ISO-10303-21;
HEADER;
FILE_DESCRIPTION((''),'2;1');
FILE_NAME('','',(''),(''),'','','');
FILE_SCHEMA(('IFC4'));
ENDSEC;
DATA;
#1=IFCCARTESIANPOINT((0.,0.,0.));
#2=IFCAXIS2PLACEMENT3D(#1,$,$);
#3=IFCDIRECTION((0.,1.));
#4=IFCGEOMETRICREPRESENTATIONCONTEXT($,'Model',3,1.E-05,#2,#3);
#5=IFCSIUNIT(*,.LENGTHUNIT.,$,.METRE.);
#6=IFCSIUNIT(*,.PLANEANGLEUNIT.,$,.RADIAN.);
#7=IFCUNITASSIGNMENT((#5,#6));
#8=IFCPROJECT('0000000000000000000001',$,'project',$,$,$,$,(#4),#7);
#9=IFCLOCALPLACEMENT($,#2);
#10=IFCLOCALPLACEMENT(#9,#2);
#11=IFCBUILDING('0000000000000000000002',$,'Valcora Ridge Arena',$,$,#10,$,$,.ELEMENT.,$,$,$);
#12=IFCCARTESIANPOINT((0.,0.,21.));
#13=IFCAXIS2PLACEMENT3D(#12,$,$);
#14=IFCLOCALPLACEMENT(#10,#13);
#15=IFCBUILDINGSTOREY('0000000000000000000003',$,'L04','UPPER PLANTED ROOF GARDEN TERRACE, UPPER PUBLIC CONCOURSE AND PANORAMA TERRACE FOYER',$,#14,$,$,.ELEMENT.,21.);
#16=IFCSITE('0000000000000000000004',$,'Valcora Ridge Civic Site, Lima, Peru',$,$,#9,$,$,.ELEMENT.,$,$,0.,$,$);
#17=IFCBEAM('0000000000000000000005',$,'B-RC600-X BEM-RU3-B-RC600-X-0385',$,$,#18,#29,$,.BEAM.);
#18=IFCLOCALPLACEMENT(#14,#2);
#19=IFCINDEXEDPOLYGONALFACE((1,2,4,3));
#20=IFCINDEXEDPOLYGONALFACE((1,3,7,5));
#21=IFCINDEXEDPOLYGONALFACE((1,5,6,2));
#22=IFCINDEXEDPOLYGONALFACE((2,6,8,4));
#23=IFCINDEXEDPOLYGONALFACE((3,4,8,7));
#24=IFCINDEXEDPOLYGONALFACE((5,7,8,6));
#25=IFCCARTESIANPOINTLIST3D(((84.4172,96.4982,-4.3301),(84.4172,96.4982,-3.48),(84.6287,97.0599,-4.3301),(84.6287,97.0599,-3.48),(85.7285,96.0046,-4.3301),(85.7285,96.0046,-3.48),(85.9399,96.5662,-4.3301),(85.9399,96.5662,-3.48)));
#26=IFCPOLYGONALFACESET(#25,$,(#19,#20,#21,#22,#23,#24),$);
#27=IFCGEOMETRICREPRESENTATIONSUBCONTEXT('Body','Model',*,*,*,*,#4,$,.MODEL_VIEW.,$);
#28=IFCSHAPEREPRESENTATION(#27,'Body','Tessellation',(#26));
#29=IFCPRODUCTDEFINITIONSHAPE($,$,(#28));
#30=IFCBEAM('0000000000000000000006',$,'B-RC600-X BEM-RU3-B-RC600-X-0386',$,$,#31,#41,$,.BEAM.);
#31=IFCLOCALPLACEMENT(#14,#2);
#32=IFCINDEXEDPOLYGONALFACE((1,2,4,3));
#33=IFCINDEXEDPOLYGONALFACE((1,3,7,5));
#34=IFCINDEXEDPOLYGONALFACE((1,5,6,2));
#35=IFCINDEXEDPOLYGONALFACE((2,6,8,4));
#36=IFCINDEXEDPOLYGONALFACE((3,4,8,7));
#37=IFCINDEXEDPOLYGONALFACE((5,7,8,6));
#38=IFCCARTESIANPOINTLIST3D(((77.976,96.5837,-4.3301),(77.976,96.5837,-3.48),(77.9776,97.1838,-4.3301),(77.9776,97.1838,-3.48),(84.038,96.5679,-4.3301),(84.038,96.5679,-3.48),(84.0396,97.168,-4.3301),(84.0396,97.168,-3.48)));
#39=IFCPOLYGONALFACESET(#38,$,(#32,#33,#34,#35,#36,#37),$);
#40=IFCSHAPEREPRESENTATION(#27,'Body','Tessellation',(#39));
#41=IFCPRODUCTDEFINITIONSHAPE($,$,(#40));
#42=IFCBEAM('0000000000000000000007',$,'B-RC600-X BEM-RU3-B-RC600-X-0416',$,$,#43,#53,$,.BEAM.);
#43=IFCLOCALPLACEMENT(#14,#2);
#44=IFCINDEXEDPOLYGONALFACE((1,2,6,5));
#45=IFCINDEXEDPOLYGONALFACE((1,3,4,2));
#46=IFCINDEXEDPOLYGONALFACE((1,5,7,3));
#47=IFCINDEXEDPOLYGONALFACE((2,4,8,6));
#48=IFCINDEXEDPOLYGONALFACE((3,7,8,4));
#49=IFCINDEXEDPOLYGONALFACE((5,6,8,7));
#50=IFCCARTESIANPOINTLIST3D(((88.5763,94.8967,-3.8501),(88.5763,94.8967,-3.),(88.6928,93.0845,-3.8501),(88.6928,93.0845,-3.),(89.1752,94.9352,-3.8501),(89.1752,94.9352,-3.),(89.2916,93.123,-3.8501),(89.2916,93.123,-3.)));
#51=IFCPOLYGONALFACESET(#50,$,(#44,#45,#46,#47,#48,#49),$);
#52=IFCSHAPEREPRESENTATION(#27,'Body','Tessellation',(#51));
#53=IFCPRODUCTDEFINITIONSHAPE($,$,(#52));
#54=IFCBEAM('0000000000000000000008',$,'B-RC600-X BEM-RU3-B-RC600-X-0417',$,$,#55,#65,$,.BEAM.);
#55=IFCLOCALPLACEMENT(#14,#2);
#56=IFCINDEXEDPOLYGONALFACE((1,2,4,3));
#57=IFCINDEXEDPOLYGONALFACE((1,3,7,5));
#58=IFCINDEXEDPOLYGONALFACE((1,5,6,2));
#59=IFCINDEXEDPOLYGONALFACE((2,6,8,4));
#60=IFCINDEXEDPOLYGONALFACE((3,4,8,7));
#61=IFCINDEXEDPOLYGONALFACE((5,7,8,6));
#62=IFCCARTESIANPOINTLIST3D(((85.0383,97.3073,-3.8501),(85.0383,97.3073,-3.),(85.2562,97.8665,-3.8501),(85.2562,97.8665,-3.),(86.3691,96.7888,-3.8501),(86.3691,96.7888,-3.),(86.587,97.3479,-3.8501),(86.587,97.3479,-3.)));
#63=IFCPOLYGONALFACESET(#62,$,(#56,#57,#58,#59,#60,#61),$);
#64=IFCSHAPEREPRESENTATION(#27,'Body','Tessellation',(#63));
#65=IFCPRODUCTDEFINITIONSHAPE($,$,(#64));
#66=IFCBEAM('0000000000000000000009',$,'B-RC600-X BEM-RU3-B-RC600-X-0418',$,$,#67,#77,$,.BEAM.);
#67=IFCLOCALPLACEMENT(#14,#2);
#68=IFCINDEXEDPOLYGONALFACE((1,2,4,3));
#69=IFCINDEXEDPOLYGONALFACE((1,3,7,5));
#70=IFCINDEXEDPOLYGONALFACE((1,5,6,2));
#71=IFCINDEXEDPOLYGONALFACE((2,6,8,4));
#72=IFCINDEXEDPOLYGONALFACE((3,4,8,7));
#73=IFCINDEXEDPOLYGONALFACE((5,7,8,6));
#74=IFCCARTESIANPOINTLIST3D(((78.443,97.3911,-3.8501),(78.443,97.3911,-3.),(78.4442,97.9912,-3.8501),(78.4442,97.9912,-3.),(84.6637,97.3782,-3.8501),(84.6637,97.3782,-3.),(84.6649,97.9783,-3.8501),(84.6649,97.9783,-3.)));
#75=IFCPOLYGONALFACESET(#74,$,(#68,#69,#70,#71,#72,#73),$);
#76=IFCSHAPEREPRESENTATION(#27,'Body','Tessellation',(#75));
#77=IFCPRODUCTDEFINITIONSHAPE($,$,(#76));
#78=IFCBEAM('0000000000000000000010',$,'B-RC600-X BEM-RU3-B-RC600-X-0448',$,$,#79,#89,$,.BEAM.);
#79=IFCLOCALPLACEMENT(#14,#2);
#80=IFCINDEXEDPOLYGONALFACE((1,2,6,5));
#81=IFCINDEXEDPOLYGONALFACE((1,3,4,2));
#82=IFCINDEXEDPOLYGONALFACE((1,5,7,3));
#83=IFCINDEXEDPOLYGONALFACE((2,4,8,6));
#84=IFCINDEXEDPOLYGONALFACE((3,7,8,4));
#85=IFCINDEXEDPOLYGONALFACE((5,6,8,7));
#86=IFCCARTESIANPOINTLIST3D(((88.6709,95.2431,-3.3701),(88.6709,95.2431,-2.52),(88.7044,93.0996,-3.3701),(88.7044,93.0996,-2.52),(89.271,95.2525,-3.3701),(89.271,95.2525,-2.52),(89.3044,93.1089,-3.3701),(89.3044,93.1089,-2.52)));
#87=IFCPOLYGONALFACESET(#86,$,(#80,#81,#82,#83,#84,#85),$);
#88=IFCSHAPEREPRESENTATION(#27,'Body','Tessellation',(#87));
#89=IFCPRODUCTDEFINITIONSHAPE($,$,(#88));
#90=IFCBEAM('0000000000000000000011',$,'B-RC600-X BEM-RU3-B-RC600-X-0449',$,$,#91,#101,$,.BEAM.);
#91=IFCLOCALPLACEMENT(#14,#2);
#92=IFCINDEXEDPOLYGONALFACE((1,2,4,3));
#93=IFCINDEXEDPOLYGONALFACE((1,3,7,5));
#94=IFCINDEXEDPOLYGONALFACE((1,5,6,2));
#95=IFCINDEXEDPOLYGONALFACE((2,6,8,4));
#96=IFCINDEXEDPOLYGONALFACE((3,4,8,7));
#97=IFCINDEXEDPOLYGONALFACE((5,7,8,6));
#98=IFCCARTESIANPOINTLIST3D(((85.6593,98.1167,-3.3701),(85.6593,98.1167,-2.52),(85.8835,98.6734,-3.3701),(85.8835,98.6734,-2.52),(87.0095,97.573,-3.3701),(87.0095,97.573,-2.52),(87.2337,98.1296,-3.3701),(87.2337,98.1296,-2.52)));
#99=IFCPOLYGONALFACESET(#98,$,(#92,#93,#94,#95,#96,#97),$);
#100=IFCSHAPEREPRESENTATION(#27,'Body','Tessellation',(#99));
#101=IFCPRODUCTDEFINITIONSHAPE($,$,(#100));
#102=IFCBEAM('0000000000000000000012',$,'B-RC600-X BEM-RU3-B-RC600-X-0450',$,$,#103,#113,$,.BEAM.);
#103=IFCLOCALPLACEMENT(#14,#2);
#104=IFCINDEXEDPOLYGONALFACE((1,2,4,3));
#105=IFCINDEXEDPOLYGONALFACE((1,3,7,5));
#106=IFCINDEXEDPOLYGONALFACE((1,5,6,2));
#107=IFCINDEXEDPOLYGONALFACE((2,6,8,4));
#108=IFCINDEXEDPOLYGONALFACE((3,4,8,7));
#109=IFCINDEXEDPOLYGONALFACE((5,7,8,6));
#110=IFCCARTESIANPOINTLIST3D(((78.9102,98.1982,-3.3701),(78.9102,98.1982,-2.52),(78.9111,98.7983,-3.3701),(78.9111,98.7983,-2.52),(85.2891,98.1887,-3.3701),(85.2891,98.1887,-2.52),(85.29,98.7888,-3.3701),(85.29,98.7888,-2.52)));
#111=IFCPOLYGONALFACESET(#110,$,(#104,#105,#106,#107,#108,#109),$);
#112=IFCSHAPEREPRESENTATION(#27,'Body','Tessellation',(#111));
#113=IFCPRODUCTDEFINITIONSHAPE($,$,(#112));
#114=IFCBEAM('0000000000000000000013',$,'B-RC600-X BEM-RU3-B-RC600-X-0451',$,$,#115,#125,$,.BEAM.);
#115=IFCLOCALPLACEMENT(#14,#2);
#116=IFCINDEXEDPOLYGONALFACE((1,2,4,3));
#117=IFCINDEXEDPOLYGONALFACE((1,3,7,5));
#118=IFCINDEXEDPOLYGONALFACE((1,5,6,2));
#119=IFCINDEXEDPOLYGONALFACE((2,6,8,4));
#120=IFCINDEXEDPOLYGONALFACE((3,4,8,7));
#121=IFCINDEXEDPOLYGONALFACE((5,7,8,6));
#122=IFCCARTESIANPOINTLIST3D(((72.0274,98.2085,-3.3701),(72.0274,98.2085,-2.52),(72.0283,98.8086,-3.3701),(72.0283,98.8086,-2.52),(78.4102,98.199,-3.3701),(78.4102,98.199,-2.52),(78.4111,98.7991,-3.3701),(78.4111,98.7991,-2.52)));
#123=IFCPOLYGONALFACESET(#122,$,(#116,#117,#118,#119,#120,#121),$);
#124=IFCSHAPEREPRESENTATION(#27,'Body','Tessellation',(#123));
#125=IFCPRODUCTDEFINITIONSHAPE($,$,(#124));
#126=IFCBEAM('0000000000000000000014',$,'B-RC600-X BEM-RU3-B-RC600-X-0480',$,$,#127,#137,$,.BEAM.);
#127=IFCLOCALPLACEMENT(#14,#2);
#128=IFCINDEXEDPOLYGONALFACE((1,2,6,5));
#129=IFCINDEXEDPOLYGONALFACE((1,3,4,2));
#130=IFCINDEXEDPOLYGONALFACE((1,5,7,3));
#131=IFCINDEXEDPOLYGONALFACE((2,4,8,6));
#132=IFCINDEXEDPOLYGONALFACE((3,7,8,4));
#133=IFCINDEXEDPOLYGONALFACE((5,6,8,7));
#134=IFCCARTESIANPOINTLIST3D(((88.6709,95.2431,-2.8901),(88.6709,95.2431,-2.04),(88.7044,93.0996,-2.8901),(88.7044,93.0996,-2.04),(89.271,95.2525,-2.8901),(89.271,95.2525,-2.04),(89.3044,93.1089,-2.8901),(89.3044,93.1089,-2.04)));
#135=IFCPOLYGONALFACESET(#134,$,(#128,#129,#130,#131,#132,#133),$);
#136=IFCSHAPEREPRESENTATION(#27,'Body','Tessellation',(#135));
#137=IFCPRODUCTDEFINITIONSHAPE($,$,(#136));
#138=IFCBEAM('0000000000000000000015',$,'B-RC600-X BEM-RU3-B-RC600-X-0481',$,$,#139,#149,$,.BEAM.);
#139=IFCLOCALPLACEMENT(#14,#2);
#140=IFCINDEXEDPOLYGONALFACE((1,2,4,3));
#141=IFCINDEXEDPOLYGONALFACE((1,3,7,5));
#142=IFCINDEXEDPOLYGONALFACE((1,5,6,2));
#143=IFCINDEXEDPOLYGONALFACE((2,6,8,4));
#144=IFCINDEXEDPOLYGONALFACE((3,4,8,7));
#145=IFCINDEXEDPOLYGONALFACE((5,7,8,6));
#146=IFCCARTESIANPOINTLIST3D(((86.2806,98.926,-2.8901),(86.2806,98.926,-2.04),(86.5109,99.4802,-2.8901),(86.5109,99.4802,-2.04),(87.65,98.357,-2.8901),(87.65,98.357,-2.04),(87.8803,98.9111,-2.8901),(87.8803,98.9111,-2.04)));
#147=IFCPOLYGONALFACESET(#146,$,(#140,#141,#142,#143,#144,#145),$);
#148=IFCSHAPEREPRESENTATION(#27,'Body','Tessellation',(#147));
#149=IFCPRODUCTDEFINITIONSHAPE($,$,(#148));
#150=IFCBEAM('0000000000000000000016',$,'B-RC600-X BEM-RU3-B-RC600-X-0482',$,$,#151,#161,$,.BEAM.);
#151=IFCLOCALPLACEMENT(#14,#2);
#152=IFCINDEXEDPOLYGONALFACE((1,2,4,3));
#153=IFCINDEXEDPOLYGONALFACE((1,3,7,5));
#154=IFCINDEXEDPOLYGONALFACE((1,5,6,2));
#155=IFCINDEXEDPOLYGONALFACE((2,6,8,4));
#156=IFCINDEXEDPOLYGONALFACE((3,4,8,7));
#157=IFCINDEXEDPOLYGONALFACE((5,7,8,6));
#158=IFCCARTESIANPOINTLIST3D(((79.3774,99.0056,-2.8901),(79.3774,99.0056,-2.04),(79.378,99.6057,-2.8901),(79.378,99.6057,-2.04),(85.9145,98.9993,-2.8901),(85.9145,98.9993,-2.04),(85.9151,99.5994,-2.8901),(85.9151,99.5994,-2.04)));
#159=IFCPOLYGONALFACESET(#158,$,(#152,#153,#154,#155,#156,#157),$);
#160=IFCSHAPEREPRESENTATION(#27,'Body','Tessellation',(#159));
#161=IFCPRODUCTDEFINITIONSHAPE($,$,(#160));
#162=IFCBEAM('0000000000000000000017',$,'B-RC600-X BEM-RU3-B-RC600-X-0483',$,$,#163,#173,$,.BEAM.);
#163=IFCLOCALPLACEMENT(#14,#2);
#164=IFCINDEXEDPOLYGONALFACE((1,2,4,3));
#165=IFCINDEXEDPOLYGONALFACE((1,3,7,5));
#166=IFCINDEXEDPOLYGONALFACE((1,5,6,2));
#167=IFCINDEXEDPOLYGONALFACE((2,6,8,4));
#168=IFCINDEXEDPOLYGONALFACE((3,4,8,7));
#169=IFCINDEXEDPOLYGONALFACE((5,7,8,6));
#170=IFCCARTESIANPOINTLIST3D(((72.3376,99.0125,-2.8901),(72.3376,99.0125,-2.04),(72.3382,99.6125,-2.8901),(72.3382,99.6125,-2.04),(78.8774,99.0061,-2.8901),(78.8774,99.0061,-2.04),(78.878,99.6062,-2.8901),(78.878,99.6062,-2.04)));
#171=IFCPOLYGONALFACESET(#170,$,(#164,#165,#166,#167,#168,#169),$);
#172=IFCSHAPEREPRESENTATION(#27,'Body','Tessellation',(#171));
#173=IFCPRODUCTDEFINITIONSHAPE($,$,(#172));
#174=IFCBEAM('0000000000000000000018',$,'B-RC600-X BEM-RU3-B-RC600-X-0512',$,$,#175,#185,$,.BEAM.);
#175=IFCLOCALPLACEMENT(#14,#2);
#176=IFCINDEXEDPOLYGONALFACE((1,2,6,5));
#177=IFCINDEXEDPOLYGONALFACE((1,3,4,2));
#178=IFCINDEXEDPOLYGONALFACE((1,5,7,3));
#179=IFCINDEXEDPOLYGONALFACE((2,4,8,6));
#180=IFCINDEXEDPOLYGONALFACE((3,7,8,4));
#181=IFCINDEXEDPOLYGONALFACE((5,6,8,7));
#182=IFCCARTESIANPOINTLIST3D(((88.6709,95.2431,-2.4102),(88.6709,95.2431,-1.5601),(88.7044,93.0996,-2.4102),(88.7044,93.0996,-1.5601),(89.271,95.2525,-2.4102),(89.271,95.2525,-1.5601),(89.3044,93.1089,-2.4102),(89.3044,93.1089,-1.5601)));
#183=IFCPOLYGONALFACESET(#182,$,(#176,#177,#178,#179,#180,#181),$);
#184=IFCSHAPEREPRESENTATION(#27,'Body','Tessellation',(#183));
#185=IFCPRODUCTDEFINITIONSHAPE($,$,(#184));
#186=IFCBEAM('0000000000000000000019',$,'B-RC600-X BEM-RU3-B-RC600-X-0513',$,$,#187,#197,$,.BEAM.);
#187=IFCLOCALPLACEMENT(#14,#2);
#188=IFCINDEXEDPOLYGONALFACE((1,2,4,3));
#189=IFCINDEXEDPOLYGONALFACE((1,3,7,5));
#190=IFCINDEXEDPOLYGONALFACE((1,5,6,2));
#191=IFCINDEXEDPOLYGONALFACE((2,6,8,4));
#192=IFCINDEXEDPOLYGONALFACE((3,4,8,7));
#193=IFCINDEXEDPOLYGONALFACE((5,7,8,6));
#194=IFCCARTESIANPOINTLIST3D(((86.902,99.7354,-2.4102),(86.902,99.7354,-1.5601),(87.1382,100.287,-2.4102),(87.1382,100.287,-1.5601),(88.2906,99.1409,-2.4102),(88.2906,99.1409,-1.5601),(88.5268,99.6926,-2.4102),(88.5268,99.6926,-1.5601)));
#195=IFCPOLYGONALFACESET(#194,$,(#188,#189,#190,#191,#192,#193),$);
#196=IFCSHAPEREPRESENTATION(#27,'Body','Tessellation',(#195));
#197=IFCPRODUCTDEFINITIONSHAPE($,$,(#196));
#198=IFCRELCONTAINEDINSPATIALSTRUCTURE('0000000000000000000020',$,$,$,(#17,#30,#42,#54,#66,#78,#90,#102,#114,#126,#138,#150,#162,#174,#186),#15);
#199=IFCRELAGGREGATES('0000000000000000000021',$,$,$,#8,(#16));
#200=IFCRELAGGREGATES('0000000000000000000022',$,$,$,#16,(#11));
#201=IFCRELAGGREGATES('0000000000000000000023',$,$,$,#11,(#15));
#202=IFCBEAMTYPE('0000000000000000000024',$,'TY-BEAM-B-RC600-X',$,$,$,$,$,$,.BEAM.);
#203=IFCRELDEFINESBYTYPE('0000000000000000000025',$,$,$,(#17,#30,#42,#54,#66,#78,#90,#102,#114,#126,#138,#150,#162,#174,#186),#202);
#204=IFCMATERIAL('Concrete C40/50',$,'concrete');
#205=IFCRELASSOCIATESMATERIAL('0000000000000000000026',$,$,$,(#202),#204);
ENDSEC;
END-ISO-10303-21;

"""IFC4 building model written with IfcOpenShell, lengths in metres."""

from ifc_helpers import new_model, si_unit, direction, frame, origin, origin_2d, place, context, subcontext, project, spatial, rectangle, extrude, material, material_profile, profile_set, type_object, element, save


model = new_model("IFC4")

# Units and contexts
model_context = context("Model", 3, precision=1e-05, world=origin(), true_north=direction((0.0, 1.0)))
body_context = subcontext(model_context, "Body", "Model", "MODEL_VIEW")
ifc_project = project(units=[si_unit("LENGTHUNIT", "METRE"), si_unit("PLANEANGLEUNIT", "RADIAN")], contexts=[model_context])

# Site, building, storey
site_placement = place(None, origin())
site = spatial("IfcSite", under=ifc_project, at=site_placement, Name="Valcora Ridge Civic Site, Lima, Peru", CompositionType="ELEMENT", RefElevation=0.0)
building_placement = place(site_placement, origin())
building = spatial("IfcBuilding", under=site, at=building_placement, Name="Valcora Ridge Arena", CompositionType="ELEMENT")
storey_placement = place(building_placement, frame((0.0, 0.0, 21.0)))
storey = spatial("IfcBuildingStorey", under=building, at=storey_placement, Name="L04", Description="UPPER PLANTED ROOF GARDEN TERRACE, UPPER PUBLIC CONCOURSE AND PANORAMA TERRACE FOYER", CompositionType="ELEMENT", Elevation=21.0)

# Beams
ifc_material = material(Name="Concrete C40/50", Category="concrete")
ifc_material_profile = material_profile(ifc_material, rectangle(XDim=0.6001, YDim=0.8501, at=origin_2d()), Name="RC 600x850")
ifc_profile_set = profile_set([ifc_material_profile], Name="Concrete C40/50")
beam_type = type_object("IfcBeamType", Name="TY-BEAM-B-RC600-X", PredefinedType="BEAM", material=ifc_profile_set)
beam_1_placement = place(storey_placement, frame((85.8342, 96.2854, -3.905), z_axis=(-0.935877, 0.352326, 0.0), x_axis=(-0.352326, -0.935877, 0.0)))
element("IfcBeam", 1, at=beam_1_placement, inside=storey, type_object=beam_type, Name="B-RC600-X BEM-RU3-B-RC600-X-0385", PredefinedType="BEAM", context=body_context, shape_type="SweptSolid", body=[
    extrude(rectangle(XDim=0.6001, YDim=0.8501, at=origin_2d()), origin(), (0.0, 0.0, 1.0), 1.4011),
])
beam_2_placement = place(storey_placement, frame((84.0388, 96.8679, -3.905), z_axis=(-0.999997, 0.002618, 0.0), x_axis=(-0.002618, -0.999997, 0.0)))
element("IfcBeam", 2, at=beam_2_placement, inside=storey, type_object=beam_type, Name="B-RC600-X BEM-RU3-B-RC600-X-0386", PredefinedType="BEAM", context=body_context, shape_type="SweptSolid", body=[
    extrude(rectangle(XDim=0.6001, YDim=0.8501, at=origin_2d()), origin(), (0.0, 0.0, 1.0), 6.062),
])
beam_3_placement = place(storey_placement, frame((88.9922, 93.1038, -3.425), z_axis=(-0.064127, 0.997942, 0.0), x_axis=(-0.997942, -0.064127, 0.0)))
element("IfcBeam", 3, at=beam_3_placement, inside=storey, type_object=beam_type, Name="B-RC600-X BEM-RU3-B-RC600-X-0416", PredefinedType="BEAM", context=body_context, shape_type="SweptSolid", body=[
    extrude(rectangle(XDim=0.6001, YDim=0.8501, at=origin_2d()), origin(), (0.0, 0.0, 1.0), 1.8159),
])
beam_4_placement = place(storey_placement, frame((86.478, 97.0684, -3.425), z_axis=(-0.931764, 0.363065, 0.0), x_axis=(-0.363065, -0.931764, 0.0)))
element("IfcBeam", 4, at=beam_4_placement, inside=storey, type_object=beam_type, Name="B-RC600-X BEM-RU3-B-RC600-X-0417", PredefinedType="BEAM", context=body_context, shape_type="SweptSolid", body=[
    extrude(rectangle(XDim=0.6001, YDim=0.8501, at=origin_2d()), origin(), (0.0, 0.0, 1.0), 1.4282),
])
beam_5_placement = place(storey_placement, frame((84.6643, 97.6782, -3.425), z_axis=(-0.999998, 0.00208, 0.0), x_axis=(-0.00208, -0.999998, 0.0)))
element("IfcBeam", 5, at=beam_5_placement, inside=storey, type_object=beam_type, Name="B-RC600-X BEM-RU3-B-RC600-X-0418", PredefinedType="BEAM", context=body_context, shape_type="SweptSolid", body=[
    extrude(rectangle(XDim=0.6001, YDim=0.8501, at=origin_2d()), origin(), (0.0, 0.0, 1.0), 6.2207),
])
beam_6_placement = place(storey_placement, frame((89.0044, 93.1042, -2.9451), z_axis=(-0.015602, 0.999878, 0.0), x_axis=(-0.999878, -0.015602, 0.0)))
element("IfcBeam", 6, at=beam_6_placement, inside=storey, type_object=beam_type, Name="B-RC600-X BEM-RU3-B-RC600-X-0448", PredefinedType="BEAM", context=body_context, shape_type="SweptSolid", body=[
    extrude(rectangle(XDim=0.6001, YDim=0.8501, at=origin_2d()), origin(), (0.0, 0.0, 1.0), 2.1438),
])
beam_7_placement = place(storey_placement, frame((87.1216, 97.8513, -2.9451), z_axis=(-0.927607, 0.373559, 0.0), x_axis=(-0.373559, -0.927607, 0.0)))
element("IfcBeam", 7, at=beam_7_placement, inside=storey, type_object=beam_type, Name="B-RC600-X BEM-RU3-B-RC600-X-0449", PredefinedType="BEAM", context=body_context, shape_type="SweptSolid", body=[
    extrude(rectangle(XDim=0.6001, YDim=0.8501, at=origin_2d()), origin(), (0.0, 0.0, 1.0), 1.4556),
])
beam_8_placement = place(storey_placement, frame((85.2896, 98.4888, -2.9451), z_axis=(-0.999999, 0.001493, 0.0), x_axis=(-0.001493, -0.999999, 0.0)))
element("IfcBeam", 8, at=beam_8_placement, inside=storey, type_object=beam_type, Name="B-RC600-X BEM-RU3-B-RC600-X-0450", PredefinedType="BEAM", context=body_context, shape_type="SweptSolid", body=[
    extrude(rectangle(XDim=0.6001, YDim=0.8501, at=origin_2d()), origin(), (0.0, 0.0, 1.0), 6.3789),
])
beam_9_placement = place(storey_placement, frame((78.4106, 98.499, -2.9451), z_axis=(-0.999999, 0.001492, 0.0), x_axis=(-0.001492, -0.999999, 0.0)))
element("IfcBeam", 9, at=beam_9_placement, inside=storey, type_object=beam_type, Name="B-RC600-X BEM-RU3-B-RC600-X-0451", PredefinedType="BEAM", context=body_context, shape_type="SweptSolid", body=[
    extrude(rectangle(XDim=0.6001, YDim=0.8501, at=origin_2d()), origin(), (0.0, 0.0, 1.0), 6.3828),
])
beam_10_placement = place(storey_placement, frame((89.0044, 93.1042, -2.4651), z_axis=(-0.015602, 0.999878, 0.0), x_axis=(-0.999878, -0.015602, 0.0)))
element("IfcBeam", 10, at=beam_10_placement, inside=storey, type_object=beam_type, Name="B-RC600-X BEM-RU3-B-RC600-X-0480", PredefinedType="BEAM", context=body_context, shape_type="SweptSolid", body=[
    extrude(rectangle(XDim=0.6001, YDim=0.8501, at=origin_2d()), origin(), (0.0, 0.0, 1.0), 2.1438),
])
beam_11_placement = place(storey_placement, frame((87.7651, 98.634, -2.4651), z_axis=(-0.923432, 0.383762, 0.0), x_axis=(-0.383762, -0.923432, 0.0)))
element("IfcBeam", 11, at=beam_11_placement, inside=storey, type_object=beam_type, Name="B-RC600-X BEM-RU3-B-RC600-X-0481", PredefinedType="BEAM", context=body_context, shape_type="SweptSolid", body=[
    extrude(rectangle(XDim=0.6001, YDim=0.8501, at=origin_2d()), origin(), (0.0, 0.0, 1.0), 1.4829),
])
beam_12_placement = place(storey_placement, frame((85.9148, 99.2993, -2.4651), z_axis=(-1.0, 0.000971, 0.0), x_axis=(-0.000971, -1.0, 0.0)))
element("IfcBeam", 12, at=beam_12_placement, inside=storey, type_object=beam_type, Name="B-RC600-X BEM-RU3-B-RC600-X-0482", PredefinedType="BEAM", context=body_context, shape_type="SweptSolid", body=[
    extrude(rectangle(XDim=0.6001, YDim=0.8501, at=origin_2d()), origin(), (0.0, 0.0, 1.0), 6.5371),
])
beam_13_placement = place(storey_placement, frame((78.8777, 99.3062, -2.4651), z_axis=(-1.0, 0.000971, 0.0), x_axis=(-0.000971, -1.0, 0.0)))
element("IfcBeam", 13, at=beam_13_placement, inside=storey, type_object=beam_type, Name="B-RC600-X BEM-RU3-B-RC600-X-0483", PredefinedType="BEAM", context=body_context, shape_type="SweptSolid", body=[
    extrude(rectangle(XDim=0.6001, YDim=0.8501, at=origin_2d()), origin(), (0.0, 0.0, 1.0), 6.5398),
])
beam_14_placement = place(storey_placement, frame((89.0044, 93.1042, -1.9851), z_axis=(-0.015602, 0.999878, 0.0), x_axis=(-0.999878, -0.015602, 0.0)))
element("IfcBeam", 14, at=beam_14_placement, inside=storey, type_object=beam_type, Name="B-RC600-X BEM-RU3-B-RC600-X-0512", PredefinedType="BEAM", context=body_context, shape_type="SweptSolid", body=[
    extrude(rectangle(XDim=0.6001, YDim=0.8501, at=origin_2d()), origin(), (0.0, 0.0, 1.0), 2.1438),
])
beam_15_placement = place(storey_placement, frame((88.4087, 99.4167, -1.9851), z_axis=(-0.919304, 0.393549, 0.0), x_axis=(-0.393549, -0.919304, 0.0)))
element("IfcBeam", 15, at=beam_15_placement, inside=storey, type_object=beam_type, Name="B-RC600-X BEM-RU3-B-RC600-X-0513", PredefinedType="BEAM", context=body_context, shape_type="SweptSolid", body=[
    extrude(rectangle(XDim=0.6001, YDim=0.8501, at=origin_2d()), origin(), (0.0, 0.0, 1.0), 1.5105),
])

save(model, "model.ifc")
